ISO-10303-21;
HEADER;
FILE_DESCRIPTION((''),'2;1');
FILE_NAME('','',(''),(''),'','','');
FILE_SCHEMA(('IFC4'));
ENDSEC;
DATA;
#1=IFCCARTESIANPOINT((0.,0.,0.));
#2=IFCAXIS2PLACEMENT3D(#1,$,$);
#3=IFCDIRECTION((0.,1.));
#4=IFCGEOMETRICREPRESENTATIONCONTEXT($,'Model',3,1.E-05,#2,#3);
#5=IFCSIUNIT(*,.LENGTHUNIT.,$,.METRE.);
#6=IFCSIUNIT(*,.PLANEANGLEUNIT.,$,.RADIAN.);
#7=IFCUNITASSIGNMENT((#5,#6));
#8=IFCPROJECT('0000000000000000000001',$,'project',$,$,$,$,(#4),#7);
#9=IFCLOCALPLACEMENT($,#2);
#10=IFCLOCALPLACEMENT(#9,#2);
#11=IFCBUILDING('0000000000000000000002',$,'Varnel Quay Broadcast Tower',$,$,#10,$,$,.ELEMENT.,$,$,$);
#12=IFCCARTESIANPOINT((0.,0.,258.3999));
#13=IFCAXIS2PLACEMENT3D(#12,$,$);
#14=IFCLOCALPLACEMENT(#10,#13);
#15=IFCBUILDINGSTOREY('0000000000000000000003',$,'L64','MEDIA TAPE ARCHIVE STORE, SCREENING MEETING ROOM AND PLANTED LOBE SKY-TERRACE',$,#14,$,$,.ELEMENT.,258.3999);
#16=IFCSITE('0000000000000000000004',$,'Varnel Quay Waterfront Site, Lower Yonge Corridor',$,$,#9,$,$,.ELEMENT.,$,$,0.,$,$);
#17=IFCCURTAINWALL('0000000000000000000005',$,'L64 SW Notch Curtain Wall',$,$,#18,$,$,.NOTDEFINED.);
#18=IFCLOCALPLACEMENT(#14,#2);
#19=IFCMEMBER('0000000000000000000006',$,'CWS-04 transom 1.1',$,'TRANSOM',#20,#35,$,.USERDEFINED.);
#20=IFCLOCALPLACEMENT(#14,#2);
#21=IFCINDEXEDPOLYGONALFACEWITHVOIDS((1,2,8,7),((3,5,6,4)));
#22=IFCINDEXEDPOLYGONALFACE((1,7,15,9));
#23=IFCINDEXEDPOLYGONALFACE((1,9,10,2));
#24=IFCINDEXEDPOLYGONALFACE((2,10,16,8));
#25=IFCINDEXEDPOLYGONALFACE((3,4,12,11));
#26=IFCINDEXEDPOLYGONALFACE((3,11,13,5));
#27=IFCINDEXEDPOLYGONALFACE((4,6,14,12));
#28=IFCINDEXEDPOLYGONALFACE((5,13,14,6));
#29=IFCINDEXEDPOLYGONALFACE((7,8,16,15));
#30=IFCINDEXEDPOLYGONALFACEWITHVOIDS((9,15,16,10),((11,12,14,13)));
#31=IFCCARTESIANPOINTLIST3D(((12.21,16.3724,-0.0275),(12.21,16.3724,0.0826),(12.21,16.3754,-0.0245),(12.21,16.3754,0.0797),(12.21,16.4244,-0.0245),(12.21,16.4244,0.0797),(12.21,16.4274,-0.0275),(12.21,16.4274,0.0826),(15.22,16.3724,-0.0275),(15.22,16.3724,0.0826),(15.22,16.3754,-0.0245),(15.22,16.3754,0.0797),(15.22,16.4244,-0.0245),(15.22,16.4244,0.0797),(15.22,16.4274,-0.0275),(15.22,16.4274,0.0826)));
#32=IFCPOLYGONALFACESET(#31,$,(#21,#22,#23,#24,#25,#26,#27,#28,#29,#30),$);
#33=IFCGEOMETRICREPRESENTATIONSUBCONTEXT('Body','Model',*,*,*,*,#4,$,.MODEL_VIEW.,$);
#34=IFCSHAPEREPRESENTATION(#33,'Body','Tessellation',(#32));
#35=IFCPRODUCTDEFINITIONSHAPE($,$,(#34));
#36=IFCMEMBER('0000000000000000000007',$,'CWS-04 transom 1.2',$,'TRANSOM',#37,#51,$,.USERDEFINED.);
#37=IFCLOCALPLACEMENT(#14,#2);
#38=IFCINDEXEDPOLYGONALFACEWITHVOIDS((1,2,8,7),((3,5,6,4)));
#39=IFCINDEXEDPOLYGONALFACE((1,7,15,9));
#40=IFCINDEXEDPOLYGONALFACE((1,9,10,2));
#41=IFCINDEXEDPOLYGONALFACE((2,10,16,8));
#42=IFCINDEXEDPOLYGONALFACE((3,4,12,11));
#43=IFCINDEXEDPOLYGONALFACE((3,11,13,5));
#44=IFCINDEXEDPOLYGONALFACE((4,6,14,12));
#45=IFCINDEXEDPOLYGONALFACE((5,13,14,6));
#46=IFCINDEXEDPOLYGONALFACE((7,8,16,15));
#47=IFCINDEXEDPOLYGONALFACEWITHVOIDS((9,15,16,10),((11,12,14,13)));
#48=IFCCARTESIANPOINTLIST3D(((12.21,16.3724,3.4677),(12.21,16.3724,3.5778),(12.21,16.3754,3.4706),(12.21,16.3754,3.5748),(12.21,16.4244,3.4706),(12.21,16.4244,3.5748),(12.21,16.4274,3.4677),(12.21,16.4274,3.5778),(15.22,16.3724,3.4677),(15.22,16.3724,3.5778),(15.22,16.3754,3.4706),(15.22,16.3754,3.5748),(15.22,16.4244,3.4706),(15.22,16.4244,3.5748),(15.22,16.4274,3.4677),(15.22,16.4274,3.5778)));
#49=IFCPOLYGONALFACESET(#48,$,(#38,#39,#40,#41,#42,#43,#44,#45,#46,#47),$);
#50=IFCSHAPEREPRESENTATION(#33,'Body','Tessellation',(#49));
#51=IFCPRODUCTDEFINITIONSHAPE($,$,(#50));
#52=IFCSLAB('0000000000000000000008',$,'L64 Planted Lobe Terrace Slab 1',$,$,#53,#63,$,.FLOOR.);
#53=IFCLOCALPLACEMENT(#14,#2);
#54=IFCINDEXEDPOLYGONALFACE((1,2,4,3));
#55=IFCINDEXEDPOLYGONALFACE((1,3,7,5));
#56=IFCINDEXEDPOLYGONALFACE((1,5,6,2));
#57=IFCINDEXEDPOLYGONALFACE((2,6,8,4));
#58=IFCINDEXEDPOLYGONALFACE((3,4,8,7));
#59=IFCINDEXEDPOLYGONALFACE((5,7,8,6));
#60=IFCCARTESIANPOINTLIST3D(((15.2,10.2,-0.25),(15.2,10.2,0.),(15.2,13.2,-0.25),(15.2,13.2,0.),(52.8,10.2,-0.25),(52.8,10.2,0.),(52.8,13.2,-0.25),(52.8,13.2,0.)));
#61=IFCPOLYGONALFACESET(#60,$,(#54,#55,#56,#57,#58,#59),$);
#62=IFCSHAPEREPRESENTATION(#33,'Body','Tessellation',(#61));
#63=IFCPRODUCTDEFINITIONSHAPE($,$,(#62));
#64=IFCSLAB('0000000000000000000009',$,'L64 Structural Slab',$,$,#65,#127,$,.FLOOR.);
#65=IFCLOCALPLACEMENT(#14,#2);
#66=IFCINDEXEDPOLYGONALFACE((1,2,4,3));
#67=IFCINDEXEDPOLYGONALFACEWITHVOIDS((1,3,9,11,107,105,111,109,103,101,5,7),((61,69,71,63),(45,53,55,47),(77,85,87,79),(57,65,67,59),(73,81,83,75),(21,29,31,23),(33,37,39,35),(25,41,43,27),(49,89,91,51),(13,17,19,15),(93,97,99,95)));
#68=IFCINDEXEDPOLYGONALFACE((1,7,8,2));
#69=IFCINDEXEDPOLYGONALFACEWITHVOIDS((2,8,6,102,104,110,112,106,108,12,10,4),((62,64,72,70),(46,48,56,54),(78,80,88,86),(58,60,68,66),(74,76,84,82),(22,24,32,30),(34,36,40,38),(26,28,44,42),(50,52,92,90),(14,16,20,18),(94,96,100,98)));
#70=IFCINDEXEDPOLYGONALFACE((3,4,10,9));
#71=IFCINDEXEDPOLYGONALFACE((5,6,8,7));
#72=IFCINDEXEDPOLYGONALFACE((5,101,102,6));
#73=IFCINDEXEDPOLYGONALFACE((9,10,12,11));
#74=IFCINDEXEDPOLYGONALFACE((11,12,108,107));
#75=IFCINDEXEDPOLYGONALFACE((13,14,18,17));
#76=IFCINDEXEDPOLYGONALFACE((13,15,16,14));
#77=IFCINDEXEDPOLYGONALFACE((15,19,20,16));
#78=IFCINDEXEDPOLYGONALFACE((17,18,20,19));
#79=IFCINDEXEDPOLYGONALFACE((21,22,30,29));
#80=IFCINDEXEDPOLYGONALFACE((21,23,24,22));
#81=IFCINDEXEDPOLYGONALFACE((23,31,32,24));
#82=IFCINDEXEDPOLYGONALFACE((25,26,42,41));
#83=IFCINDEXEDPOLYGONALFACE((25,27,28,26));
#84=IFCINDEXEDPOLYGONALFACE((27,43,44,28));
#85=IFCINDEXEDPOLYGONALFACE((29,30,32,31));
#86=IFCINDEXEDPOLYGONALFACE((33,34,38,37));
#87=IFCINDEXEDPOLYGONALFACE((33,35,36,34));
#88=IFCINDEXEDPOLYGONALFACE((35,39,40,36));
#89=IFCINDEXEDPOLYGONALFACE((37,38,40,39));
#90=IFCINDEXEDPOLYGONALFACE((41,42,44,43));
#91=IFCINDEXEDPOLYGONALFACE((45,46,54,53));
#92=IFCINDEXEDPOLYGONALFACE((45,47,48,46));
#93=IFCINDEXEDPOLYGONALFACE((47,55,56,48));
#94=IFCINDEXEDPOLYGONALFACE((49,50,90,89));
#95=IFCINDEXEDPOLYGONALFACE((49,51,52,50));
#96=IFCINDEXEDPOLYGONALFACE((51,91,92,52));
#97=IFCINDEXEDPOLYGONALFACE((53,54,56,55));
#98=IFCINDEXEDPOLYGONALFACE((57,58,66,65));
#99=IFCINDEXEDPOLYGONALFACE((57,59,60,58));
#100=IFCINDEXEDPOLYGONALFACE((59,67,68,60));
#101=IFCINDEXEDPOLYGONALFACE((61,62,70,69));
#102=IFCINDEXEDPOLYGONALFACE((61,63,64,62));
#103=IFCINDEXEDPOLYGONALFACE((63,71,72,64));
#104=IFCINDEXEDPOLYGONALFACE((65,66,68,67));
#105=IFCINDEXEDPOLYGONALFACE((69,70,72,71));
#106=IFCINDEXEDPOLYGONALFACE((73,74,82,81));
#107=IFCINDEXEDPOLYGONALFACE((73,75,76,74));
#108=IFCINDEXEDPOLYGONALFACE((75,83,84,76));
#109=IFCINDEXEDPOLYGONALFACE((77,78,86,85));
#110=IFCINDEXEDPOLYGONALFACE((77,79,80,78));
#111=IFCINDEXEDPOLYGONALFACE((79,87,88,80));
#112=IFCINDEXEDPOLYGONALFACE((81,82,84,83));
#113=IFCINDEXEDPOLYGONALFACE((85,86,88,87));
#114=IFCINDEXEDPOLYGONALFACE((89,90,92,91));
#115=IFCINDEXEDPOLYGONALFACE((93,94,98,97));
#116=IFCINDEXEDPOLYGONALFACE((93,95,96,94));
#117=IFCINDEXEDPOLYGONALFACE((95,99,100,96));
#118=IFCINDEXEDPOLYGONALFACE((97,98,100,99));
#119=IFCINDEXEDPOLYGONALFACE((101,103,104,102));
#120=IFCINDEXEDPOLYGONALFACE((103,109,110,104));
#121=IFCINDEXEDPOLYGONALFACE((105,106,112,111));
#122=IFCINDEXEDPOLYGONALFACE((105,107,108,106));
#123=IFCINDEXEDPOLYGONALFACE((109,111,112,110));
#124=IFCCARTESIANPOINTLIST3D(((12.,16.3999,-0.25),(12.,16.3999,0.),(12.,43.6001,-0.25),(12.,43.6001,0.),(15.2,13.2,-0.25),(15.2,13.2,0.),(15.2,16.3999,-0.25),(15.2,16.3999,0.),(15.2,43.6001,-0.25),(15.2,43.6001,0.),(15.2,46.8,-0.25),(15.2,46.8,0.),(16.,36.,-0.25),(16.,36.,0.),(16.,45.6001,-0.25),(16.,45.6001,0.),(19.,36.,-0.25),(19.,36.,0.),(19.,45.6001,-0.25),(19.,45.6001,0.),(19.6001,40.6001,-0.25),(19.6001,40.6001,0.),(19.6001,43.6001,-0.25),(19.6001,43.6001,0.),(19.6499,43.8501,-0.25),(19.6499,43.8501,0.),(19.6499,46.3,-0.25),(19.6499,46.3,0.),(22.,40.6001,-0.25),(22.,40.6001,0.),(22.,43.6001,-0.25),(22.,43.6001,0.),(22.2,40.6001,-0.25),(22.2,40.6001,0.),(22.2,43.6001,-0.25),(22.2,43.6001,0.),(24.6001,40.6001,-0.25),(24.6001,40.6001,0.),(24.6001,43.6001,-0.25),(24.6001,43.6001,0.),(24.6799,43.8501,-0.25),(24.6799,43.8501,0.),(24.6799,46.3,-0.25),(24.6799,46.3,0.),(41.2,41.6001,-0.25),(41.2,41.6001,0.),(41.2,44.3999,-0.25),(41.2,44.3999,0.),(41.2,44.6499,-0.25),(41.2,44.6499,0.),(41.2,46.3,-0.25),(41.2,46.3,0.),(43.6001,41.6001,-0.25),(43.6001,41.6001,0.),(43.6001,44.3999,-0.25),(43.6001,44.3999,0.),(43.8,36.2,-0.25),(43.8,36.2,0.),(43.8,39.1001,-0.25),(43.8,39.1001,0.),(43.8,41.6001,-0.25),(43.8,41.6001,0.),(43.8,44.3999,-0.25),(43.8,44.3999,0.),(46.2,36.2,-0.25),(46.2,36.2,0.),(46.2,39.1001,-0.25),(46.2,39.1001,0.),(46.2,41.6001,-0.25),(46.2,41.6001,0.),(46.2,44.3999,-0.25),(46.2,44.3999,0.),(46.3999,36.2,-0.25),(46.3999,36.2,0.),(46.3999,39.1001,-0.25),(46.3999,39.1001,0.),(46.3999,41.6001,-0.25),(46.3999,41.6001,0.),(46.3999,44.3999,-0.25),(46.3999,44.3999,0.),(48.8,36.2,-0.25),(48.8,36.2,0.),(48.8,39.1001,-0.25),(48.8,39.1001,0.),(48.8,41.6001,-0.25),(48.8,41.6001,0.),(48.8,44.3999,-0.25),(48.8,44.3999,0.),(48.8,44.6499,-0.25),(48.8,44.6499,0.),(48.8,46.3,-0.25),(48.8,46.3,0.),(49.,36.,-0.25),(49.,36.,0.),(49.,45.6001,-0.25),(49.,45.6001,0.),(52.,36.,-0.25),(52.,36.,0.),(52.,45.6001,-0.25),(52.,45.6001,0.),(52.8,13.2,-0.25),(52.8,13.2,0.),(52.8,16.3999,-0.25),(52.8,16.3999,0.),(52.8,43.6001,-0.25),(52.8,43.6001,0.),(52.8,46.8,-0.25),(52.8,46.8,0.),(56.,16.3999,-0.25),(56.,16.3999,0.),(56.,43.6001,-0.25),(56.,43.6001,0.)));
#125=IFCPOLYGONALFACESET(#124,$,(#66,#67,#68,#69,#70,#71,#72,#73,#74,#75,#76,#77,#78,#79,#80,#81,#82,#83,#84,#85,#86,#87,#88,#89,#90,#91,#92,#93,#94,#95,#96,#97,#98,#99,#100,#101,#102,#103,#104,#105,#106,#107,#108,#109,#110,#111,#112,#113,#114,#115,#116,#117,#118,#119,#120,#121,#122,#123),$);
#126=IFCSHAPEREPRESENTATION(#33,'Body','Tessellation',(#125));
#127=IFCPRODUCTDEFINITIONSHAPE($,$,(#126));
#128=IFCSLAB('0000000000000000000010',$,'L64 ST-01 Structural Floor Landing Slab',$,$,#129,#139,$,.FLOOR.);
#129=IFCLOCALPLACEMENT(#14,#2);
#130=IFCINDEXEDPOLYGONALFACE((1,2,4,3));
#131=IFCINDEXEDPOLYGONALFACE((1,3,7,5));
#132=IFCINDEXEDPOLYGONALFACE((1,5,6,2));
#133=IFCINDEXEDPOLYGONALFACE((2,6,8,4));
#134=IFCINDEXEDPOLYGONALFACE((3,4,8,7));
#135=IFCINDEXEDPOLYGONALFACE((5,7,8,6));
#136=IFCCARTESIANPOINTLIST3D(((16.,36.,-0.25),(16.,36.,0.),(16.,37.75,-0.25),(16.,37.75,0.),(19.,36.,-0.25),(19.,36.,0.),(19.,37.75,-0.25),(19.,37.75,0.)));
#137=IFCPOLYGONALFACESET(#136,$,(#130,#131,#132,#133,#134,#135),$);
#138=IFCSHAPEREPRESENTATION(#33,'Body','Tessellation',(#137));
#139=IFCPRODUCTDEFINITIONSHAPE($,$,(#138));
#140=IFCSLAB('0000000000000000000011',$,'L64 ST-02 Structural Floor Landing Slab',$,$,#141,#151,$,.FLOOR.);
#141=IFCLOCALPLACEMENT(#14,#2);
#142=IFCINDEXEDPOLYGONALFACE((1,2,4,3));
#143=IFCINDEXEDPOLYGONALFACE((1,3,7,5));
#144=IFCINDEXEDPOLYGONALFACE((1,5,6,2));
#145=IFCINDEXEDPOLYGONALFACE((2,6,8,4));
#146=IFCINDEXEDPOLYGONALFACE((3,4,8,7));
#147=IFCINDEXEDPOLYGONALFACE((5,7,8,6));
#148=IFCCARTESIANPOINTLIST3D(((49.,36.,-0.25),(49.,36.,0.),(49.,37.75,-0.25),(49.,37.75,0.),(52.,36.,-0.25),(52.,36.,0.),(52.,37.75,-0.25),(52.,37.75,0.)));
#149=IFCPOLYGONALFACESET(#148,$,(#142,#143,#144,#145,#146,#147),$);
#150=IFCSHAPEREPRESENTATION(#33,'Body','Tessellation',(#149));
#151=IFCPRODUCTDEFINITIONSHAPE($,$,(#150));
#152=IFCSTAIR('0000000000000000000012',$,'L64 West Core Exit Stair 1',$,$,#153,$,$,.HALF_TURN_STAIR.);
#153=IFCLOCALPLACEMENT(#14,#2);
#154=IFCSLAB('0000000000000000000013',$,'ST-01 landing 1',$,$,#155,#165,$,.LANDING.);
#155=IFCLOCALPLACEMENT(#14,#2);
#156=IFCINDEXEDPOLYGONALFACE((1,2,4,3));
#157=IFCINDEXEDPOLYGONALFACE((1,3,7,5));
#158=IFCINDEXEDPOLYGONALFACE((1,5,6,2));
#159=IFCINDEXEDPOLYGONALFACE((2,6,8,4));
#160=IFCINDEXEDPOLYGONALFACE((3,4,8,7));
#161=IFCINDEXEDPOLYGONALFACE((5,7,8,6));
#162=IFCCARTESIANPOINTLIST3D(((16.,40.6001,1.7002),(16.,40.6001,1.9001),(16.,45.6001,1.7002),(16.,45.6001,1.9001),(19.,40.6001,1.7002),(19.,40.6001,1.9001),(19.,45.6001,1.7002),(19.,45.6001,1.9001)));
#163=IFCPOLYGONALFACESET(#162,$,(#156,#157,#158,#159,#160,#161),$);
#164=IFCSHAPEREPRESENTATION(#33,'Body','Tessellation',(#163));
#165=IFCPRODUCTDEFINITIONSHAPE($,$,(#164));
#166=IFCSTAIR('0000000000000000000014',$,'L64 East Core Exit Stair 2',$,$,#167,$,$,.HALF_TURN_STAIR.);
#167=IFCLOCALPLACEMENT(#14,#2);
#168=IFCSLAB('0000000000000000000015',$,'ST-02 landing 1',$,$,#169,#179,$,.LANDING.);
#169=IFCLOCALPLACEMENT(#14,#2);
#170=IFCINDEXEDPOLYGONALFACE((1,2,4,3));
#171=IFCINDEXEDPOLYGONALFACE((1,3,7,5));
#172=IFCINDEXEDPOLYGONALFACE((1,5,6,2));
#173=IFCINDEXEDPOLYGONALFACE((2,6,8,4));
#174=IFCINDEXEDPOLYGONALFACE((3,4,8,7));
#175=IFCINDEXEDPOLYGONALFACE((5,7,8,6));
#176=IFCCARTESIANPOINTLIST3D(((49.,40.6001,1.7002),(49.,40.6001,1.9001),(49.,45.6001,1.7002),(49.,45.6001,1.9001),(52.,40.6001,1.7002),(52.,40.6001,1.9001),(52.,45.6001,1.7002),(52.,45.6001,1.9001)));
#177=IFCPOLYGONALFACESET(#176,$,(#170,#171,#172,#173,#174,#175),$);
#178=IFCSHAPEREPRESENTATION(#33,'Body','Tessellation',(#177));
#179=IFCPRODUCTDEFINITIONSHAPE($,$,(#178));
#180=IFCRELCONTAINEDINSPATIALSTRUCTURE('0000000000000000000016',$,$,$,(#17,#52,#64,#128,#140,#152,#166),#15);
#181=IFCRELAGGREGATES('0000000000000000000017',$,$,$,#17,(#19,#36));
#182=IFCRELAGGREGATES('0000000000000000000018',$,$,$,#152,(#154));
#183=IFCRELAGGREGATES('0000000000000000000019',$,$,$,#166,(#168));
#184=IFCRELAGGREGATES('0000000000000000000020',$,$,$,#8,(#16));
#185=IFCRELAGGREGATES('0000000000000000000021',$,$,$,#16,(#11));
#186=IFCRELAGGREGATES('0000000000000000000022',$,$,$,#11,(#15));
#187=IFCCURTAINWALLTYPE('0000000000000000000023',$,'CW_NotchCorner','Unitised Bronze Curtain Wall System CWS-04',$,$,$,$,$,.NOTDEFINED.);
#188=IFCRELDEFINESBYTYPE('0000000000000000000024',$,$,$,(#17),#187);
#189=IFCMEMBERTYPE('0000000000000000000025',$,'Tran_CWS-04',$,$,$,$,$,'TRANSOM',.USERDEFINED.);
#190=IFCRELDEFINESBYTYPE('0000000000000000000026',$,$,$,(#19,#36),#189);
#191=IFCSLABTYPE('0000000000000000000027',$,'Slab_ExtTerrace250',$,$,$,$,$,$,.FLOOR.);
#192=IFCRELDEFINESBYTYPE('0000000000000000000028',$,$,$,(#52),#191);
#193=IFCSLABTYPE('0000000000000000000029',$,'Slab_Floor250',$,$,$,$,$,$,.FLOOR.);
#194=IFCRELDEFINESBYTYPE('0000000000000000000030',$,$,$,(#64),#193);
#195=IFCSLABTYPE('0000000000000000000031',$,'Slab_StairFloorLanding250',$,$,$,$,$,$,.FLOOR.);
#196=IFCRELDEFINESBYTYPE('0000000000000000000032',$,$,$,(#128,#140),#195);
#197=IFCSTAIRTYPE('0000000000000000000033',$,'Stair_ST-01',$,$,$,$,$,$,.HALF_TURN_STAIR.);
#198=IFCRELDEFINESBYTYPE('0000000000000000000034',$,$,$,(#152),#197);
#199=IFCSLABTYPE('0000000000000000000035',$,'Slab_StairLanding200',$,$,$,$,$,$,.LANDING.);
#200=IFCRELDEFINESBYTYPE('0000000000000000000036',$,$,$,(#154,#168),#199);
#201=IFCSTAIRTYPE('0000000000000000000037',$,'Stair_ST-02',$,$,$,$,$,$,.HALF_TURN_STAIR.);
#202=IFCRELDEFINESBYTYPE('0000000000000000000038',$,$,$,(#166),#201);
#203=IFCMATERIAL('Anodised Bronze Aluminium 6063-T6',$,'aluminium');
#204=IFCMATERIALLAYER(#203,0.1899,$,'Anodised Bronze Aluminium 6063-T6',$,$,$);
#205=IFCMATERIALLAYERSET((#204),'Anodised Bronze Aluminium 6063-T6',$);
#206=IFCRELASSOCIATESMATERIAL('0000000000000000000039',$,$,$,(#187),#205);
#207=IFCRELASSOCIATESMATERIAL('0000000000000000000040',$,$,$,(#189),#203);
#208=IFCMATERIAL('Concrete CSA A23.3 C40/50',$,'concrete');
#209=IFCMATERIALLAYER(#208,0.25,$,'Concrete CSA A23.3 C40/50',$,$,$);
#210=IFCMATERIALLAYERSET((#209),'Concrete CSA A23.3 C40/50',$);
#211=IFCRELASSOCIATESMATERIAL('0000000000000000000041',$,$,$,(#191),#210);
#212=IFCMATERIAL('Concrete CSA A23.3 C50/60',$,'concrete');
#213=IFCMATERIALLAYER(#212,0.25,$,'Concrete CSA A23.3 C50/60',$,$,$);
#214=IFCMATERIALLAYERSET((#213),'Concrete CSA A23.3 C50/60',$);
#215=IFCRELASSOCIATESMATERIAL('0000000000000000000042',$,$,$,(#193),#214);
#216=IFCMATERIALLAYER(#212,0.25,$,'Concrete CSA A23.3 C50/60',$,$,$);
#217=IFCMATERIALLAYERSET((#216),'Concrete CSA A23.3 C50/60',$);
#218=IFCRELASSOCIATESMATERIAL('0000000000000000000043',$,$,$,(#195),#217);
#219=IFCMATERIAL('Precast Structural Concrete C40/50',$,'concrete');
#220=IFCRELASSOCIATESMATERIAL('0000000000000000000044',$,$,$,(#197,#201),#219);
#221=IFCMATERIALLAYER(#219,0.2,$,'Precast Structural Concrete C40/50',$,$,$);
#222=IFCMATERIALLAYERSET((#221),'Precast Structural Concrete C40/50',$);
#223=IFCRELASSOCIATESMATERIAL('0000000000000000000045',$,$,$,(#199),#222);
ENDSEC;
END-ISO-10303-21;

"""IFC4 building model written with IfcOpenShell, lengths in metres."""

from ifc_helpers import new_model, si_unit, direction, frame, origin, origin_2d, place, context, subcontext, project, spatial, polyline, hollow_rectangle, outline, extrude, source, transform, mapped, material, layer, layer_set, material_profile, profile_set, type_object, type_shapes, element, aggregate, save


model = new_model("IFC4")

# Units and contexts
model_context = context("Model", 3, precision=1e-05, world=origin(), true_north=direction((0.0, 1.0)))
body_context = subcontext(model_context, "Body", "Model", "MODEL_VIEW")
ifc_project = project(units=[si_unit("LENGTHUNIT", "METRE"), si_unit("PLANEANGLEUNIT", "RADIAN")], contexts=[model_context])

# Site, building, storey
site_placement = place(None, origin())
site = spatial("IfcSite", under=ifc_project, at=site_placement, Name="Varnel Quay Waterfront Site, Lower Yonge Corridor", CompositionType="ELEMENT", RefElevation=0.0)
building_placement = place(site_placement, origin())
building = spatial("IfcBuilding", under=site, at=building_placement, Name="Varnel Quay Broadcast Tower", CompositionType="ELEMENT")
storey_placement = place(building_placement, frame((0.0, 0.0, 258.3999)))
storey = spatial("IfcBuildingStorey", under=building, at=storey_placement, Name="L64", Description="MEDIA TAPE ARCHIVE STORE, SCREENING MEETING ROOM AND PLANTED LOBE SKY-TERRACE", CompositionType="ELEMENT", Elevation=258.3999)

# Curtain wall
ifc_material_1 = material(Name="Anodised Bronze Aluminium 6063-T6", Category="aluminium")
ifc_layer_1 = layer(ifc_material_1, 0.1899, Name="Anodised Bronze Aluminium 6063-T6")
ifc_layer_set_1 = layer_set([ifc_layer_1], Name="Anodised Bronze Aluminium 6063-T6")
curtain_wall_type_1 = type_object("IfcCurtainWallType", Name="CW_NotchCorner", Description="Unitised Bronze Curtain Wall System CWS-04", PredefinedType="NOTDEFINED", material=ifc_layer_set_1)
curtain_wall_1_placement = place(storey_placement, origin())
curtain_wall_1 = element("IfcCurtainWall", 1, at=curtain_wall_1_placement, inside=storey, type_object=curtain_wall_type_1, Name="L64 SW Notch Curtain Wall", PredefinedType="NOTDEFINED")

# Members
ifc_material_profile_1 = material_profile(ifc_material_1, hollow_rectangle(XDim=0.0549, YDim=0.1101, WallThickness=0.0029, at=origin_2d()), Name="ALU55X110X3")
ifc_profile_set_1 = profile_set([ifc_material_profile_1], Name="Anodised Bronze Aluminium 6063-T6")
member_type_1 = type_object("IfcMemberType", Name="Tran_CWS-04", ElementType="TRANSOM", PredefinedType="USERDEFINED", material=ifc_profile_set_1)
shared_shape_1 = source(origin(), body_context, "Body", "SweptSolid", [
    extrude(hollow_rectangle(XDim=0.0549, YDim=0.1101, WallThickness=0.0029, at=origin_2d()), origin(), (0.0, 0.0, 1.0), 3.01),
])
type_shapes(member_type_1, [shared_shape_1])
member_1_placement = place(storey_placement, frame((12.21, 16.3999, 0.0276), z_axis=(1.0, 0.0, 0.0), x_axis=(0.0, 1.0, 0.0)))
member_1 = element("IfcMember", 2, at=member_1_placement, type_object=member_type_1, Name="CWS-04 transom 1.1", ObjectType="TRANSOM", PredefinedType="USERDEFINED", context=body_context, shape_type="MappedRepresentation", body=[
    mapped(shared_shape_1, transform((0.0, 0.0, 0.0), x_axis=(1.0, 0.0, 0.0), y_axis=(0.0, 1.0, 0.0), z_axis=(0.0, 0.0, 1.0), scale=1.0)),
])
member_2_placement = place(storey_placement, frame((12.21, 16.3999, 3.5227), z_axis=(1.0, 0.0, 0.0), x_axis=(0.0, 1.0, 0.0)))
member_2 = element("IfcMember", 3, at=member_2_placement, type_object=member_type_1, Name="CWS-04 transom 1.2", ObjectType="TRANSOM", PredefinedType="USERDEFINED", context=body_context, shape_type="MappedRepresentation", body=[
    mapped(shared_shape_1, transform((0.0, 0.0, 0.0), x_axis=(1.0, 0.0, 0.0), y_axis=(0.0, 1.0, 0.0), z_axis=(0.0, 0.0, 1.0), scale=1.0)),
])
aggregate(curtain_wall_1, [member_1, member_2])

# Slabs
ifc_material_2 = material(Name="Concrete CSA A23.3 C40/50", Category="concrete")
ifc_layer_2 = layer(ifc_material_2, 0.25, Name="Concrete CSA A23.3 C40/50")
ifc_layer_set_2 = layer_set([ifc_layer_2], Name="Concrete CSA A23.3 C40/50")
slab_type_1 = type_object("IfcSlabType", Name="Slab_ExtTerrace250", PredefinedType="FLOOR", material=ifc_layer_set_2)
slab_1_placement = place(storey_placement, frame((0.0, 0.0, -0.25)))
element("IfcSlab", 4, at=slab_1_placement, inside=storey, type_object=slab_type_1, Name="L64 Planted Lobe Terrace Slab 1", PredefinedType="FLOOR", context=body_context, shape_type="SweptSolid", body=[
    extrude(outline(polyline([(15.2, 10.2), (52.8, 10.2), (52.8, 13.2), (15.2, 13.2), (15.2, 10.2)])), origin(), (0.0, 0.0, 1.0), 0.25),
])
ifc_material_3 = material(Name="Concrete CSA A23.3 C50/60", Category="concrete")
ifc_layer_3 = layer(ifc_material_3, 0.25, Name="Concrete CSA A23.3 C50/60")
ifc_layer_set_3 = layer_set([ifc_layer_3], Name="Concrete CSA A23.3 C50/60")
slab_type_2 = type_object("IfcSlabType", Name="Slab_Floor250", PredefinedType="FLOOR", material=ifc_layer_set_3)
slab_2_placement = place(storey_placement, frame((0.0, 0.0, -0.25)))
element("IfcSlab", 5, at=slab_2_placement, inside=storey, type_object=slab_type_2, Name="L64 Structural Slab", PredefinedType="FLOOR", context=body_context, shape_type="SweptSolid", body=[
    extrude(outline(polyline([(15.2, 13.2), (52.8, 13.2), (52.8, 16.3999), (56.0, 16.3999), (56.0, 43.6001), (52.8, 43.6001), (52.8, 46.8), (15.2, 46.8), (15.2, 43.6001), (12.0, 43.6001), (12.0, 16.3999), (15.2, 16.3999), (15.2, 13.2)]), holes=[polyline([(19.0, 36.0), (16.0, 36.0), (16.0, 45.6001), (19.0, 45.6001), (19.0, 36.0)]), polyline([(19.6001, 40.6001), (19.6001, 43.6001), (22.0, 43.6001), (22.0, 40.6001), (19.6001, 40.6001)]), polyline([(22.2, 40.6001), (22.2, 43.6001), (24.6001, 43.6001), (24.6001, 40.6001), (22.2, 40.6001)]), polyline([(41.2, 44.3999), (43.6001, 44.3999), (43.6001, 41.6001), (41.2, 41.6001), (41.2, 44.3999)]), polyline([(43.8, 44.3999), (46.2, 44.3999), (46.2, 41.6001), (43.8, 41.6001), (43.8, 44.3999)]), polyline([(19.6499, 43.8501), (19.6499, 46.3), (24.6799, 46.3), (24.6799, 43.8501), (19.6499, 43.8501)]), polyline([(43.8, 39.1001), (46.2, 39.1001), (46.2, 36.2), (43.8, 36.2), (43.8, 39.1001)]), polyline([(46.3999, 39.1001), (48.8, 39.1001), (48.8, 36.2), (46.3999, 36.2), (46.3999, 39.1001)]), polyline([(52.0, 36.0), (49.0, 36.0), (49.0, 45.6001), (52.0, 45.6001), (52.0, 36.0)]), polyline([(46.3999, 44.3999), (48.8, 44.3999), (48.8, 41.6001), (46.3999, 41.6001), (46.3999, 44.3999)]), polyline([(41.2, 46.3), (48.8, 46.3), (48.8, 44.6499), (41.2, 44.6499), (41.2, 46.3)])]), origin(), (0.0, 0.0, 1.0), 0.25),
])
ifc_layer_4 = layer(ifc_material_3, 0.25, Name="Concrete CSA A23.3 C50/60")
ifc_layer_set_4 = layer_set([ifc_layer_4], Name="Concrete CSA A23.3 C50/60")
slab_type_3 = type_object("IfcSlabType", Name="Slab_StairFloorLanding250", PredefinedType="FLOOR", material=ifc_layer_set_4)
slab_3_placement = place(storey_placement, frame((0.0, 0.0, -0.25)))
element("IfcSlab", 6, at=slab_3_placement, inside=storey, type_object=slab_type_3, Name="L64 ST-01 Structural Floor Landing Slab", PredefinedType="FLOOR", context=body_context, shape_type="SweptSolid", body=[
    extrude(outline(polyline([(19.0, 36.0), (19.0, 37.75), (16.0, 37.75), (16.0, 36.0), (19.0, 36.0)])), origin(), (0.0, 0.0, 1.0), 0.25),
])
slab_4_placement = place(storey_placement, frame((0.0, 0.0, -0.25)))
element("IfcSlab", 7, at=slab_4_placement, inside=storey, type_object=slab_type_3, Name="L64 ST-02 Structural Floor Landing Slab", PredefinedType="FLOOR", context=body_context, shape_type="SweptSolid", body=[
    extrude(outline(polyline([(52.0, 36.0), (52.0, 37.75), (49.0, 37.75), (49.0, 36.0), (52.0, 36.0)])), origin(), (0.0, 0.0, 1.0), 0.25),
])

# Stairs, slabs
ifc_material_4 = material(Name="Precast Structural Concrete C40/50", Category="concrete")
stair_type_1 = type_object("IfcStairType", Name="Stair_ST-01", PredefinedType="HALF_TURN_STAIR", material=ifc_material_4)
stair_1_placement = place(storey_placement, origin())
stair_1 = element("IfcStair", 8, at=stair_1_placement, inside=storey, type_object=stair_type_1, Name="L64 West Core Exit Stair 1", PredefinedType="HALF_TURN_STAIR")
ifc_layer_5 = layer(ifc_material_4, 0.2, Name="Precast Structural Concrete C40/50")
ifc_layer_set_5 = layer_set([ifc_layer_5], Name="Precast Structural Concrete C40/50")
slab_type_4 = type_object("IfcSlabType", Name="Slab_StairLanding200", PredefinedType="LANDING", material=ifc_layer_set_5)
slab_5_placement = place(storey_placement, frame((0.0, 0.0, 1.7002)))
slab_5 = element("IfcSlab", 9, at=slab_5_placement, type_object=slab_type_4, Name="ST-01 landing 1", PredefinedType="LANDING", context=body_context, shape_type="SweptSolid", body=[
    extrude(outline(polyline([(19.0, 40.6001), (19.0, 45.6001), (16.0, 45.6001), (16.0, 40.6001), (19.0, 40.6001)])), origin(), (0.0, 0.0, 1.0), 0.2),
])
aggregate(stair_1, [slab_5])
stair_type_2 = type_object("IfcStairType", Name="Stair_ST-02", PredefinedType="HALF_TURN_STAIR", material=ifc_material_4)
stair_2_placement = place(storey_placement, origin())
stair_2 = element("IfcStair", 10, at=stair_2_placement, inside=storey, type_object=stair_type_2, Name="L64 East Core Exit Stair 2", PredefinedType="HALF_TURN_STAIR")
slab_6_placement = place(storey_placement, frame((0.0, 0.0, 1.7002)))
slab_6 = element("IfcSlab", 11, at=slab_6_placement, type_object=slab_type_4, Name="ST-02 landing 1", PredefinedType="LANDING", context=body_context, shape_type="SweptSolid", body=[
    extrude(outline(polyline([(52.0, 40.6001), (52.0, 45.6001), (49.0, 45.6001), (49.0, 40.6001), (52.0, 40.6001)])), origin(), (0.0, 0.0, 1.0), 0.2),
])
aggregate(stair_2, [slab_6])

save(model, "model.ifc")
